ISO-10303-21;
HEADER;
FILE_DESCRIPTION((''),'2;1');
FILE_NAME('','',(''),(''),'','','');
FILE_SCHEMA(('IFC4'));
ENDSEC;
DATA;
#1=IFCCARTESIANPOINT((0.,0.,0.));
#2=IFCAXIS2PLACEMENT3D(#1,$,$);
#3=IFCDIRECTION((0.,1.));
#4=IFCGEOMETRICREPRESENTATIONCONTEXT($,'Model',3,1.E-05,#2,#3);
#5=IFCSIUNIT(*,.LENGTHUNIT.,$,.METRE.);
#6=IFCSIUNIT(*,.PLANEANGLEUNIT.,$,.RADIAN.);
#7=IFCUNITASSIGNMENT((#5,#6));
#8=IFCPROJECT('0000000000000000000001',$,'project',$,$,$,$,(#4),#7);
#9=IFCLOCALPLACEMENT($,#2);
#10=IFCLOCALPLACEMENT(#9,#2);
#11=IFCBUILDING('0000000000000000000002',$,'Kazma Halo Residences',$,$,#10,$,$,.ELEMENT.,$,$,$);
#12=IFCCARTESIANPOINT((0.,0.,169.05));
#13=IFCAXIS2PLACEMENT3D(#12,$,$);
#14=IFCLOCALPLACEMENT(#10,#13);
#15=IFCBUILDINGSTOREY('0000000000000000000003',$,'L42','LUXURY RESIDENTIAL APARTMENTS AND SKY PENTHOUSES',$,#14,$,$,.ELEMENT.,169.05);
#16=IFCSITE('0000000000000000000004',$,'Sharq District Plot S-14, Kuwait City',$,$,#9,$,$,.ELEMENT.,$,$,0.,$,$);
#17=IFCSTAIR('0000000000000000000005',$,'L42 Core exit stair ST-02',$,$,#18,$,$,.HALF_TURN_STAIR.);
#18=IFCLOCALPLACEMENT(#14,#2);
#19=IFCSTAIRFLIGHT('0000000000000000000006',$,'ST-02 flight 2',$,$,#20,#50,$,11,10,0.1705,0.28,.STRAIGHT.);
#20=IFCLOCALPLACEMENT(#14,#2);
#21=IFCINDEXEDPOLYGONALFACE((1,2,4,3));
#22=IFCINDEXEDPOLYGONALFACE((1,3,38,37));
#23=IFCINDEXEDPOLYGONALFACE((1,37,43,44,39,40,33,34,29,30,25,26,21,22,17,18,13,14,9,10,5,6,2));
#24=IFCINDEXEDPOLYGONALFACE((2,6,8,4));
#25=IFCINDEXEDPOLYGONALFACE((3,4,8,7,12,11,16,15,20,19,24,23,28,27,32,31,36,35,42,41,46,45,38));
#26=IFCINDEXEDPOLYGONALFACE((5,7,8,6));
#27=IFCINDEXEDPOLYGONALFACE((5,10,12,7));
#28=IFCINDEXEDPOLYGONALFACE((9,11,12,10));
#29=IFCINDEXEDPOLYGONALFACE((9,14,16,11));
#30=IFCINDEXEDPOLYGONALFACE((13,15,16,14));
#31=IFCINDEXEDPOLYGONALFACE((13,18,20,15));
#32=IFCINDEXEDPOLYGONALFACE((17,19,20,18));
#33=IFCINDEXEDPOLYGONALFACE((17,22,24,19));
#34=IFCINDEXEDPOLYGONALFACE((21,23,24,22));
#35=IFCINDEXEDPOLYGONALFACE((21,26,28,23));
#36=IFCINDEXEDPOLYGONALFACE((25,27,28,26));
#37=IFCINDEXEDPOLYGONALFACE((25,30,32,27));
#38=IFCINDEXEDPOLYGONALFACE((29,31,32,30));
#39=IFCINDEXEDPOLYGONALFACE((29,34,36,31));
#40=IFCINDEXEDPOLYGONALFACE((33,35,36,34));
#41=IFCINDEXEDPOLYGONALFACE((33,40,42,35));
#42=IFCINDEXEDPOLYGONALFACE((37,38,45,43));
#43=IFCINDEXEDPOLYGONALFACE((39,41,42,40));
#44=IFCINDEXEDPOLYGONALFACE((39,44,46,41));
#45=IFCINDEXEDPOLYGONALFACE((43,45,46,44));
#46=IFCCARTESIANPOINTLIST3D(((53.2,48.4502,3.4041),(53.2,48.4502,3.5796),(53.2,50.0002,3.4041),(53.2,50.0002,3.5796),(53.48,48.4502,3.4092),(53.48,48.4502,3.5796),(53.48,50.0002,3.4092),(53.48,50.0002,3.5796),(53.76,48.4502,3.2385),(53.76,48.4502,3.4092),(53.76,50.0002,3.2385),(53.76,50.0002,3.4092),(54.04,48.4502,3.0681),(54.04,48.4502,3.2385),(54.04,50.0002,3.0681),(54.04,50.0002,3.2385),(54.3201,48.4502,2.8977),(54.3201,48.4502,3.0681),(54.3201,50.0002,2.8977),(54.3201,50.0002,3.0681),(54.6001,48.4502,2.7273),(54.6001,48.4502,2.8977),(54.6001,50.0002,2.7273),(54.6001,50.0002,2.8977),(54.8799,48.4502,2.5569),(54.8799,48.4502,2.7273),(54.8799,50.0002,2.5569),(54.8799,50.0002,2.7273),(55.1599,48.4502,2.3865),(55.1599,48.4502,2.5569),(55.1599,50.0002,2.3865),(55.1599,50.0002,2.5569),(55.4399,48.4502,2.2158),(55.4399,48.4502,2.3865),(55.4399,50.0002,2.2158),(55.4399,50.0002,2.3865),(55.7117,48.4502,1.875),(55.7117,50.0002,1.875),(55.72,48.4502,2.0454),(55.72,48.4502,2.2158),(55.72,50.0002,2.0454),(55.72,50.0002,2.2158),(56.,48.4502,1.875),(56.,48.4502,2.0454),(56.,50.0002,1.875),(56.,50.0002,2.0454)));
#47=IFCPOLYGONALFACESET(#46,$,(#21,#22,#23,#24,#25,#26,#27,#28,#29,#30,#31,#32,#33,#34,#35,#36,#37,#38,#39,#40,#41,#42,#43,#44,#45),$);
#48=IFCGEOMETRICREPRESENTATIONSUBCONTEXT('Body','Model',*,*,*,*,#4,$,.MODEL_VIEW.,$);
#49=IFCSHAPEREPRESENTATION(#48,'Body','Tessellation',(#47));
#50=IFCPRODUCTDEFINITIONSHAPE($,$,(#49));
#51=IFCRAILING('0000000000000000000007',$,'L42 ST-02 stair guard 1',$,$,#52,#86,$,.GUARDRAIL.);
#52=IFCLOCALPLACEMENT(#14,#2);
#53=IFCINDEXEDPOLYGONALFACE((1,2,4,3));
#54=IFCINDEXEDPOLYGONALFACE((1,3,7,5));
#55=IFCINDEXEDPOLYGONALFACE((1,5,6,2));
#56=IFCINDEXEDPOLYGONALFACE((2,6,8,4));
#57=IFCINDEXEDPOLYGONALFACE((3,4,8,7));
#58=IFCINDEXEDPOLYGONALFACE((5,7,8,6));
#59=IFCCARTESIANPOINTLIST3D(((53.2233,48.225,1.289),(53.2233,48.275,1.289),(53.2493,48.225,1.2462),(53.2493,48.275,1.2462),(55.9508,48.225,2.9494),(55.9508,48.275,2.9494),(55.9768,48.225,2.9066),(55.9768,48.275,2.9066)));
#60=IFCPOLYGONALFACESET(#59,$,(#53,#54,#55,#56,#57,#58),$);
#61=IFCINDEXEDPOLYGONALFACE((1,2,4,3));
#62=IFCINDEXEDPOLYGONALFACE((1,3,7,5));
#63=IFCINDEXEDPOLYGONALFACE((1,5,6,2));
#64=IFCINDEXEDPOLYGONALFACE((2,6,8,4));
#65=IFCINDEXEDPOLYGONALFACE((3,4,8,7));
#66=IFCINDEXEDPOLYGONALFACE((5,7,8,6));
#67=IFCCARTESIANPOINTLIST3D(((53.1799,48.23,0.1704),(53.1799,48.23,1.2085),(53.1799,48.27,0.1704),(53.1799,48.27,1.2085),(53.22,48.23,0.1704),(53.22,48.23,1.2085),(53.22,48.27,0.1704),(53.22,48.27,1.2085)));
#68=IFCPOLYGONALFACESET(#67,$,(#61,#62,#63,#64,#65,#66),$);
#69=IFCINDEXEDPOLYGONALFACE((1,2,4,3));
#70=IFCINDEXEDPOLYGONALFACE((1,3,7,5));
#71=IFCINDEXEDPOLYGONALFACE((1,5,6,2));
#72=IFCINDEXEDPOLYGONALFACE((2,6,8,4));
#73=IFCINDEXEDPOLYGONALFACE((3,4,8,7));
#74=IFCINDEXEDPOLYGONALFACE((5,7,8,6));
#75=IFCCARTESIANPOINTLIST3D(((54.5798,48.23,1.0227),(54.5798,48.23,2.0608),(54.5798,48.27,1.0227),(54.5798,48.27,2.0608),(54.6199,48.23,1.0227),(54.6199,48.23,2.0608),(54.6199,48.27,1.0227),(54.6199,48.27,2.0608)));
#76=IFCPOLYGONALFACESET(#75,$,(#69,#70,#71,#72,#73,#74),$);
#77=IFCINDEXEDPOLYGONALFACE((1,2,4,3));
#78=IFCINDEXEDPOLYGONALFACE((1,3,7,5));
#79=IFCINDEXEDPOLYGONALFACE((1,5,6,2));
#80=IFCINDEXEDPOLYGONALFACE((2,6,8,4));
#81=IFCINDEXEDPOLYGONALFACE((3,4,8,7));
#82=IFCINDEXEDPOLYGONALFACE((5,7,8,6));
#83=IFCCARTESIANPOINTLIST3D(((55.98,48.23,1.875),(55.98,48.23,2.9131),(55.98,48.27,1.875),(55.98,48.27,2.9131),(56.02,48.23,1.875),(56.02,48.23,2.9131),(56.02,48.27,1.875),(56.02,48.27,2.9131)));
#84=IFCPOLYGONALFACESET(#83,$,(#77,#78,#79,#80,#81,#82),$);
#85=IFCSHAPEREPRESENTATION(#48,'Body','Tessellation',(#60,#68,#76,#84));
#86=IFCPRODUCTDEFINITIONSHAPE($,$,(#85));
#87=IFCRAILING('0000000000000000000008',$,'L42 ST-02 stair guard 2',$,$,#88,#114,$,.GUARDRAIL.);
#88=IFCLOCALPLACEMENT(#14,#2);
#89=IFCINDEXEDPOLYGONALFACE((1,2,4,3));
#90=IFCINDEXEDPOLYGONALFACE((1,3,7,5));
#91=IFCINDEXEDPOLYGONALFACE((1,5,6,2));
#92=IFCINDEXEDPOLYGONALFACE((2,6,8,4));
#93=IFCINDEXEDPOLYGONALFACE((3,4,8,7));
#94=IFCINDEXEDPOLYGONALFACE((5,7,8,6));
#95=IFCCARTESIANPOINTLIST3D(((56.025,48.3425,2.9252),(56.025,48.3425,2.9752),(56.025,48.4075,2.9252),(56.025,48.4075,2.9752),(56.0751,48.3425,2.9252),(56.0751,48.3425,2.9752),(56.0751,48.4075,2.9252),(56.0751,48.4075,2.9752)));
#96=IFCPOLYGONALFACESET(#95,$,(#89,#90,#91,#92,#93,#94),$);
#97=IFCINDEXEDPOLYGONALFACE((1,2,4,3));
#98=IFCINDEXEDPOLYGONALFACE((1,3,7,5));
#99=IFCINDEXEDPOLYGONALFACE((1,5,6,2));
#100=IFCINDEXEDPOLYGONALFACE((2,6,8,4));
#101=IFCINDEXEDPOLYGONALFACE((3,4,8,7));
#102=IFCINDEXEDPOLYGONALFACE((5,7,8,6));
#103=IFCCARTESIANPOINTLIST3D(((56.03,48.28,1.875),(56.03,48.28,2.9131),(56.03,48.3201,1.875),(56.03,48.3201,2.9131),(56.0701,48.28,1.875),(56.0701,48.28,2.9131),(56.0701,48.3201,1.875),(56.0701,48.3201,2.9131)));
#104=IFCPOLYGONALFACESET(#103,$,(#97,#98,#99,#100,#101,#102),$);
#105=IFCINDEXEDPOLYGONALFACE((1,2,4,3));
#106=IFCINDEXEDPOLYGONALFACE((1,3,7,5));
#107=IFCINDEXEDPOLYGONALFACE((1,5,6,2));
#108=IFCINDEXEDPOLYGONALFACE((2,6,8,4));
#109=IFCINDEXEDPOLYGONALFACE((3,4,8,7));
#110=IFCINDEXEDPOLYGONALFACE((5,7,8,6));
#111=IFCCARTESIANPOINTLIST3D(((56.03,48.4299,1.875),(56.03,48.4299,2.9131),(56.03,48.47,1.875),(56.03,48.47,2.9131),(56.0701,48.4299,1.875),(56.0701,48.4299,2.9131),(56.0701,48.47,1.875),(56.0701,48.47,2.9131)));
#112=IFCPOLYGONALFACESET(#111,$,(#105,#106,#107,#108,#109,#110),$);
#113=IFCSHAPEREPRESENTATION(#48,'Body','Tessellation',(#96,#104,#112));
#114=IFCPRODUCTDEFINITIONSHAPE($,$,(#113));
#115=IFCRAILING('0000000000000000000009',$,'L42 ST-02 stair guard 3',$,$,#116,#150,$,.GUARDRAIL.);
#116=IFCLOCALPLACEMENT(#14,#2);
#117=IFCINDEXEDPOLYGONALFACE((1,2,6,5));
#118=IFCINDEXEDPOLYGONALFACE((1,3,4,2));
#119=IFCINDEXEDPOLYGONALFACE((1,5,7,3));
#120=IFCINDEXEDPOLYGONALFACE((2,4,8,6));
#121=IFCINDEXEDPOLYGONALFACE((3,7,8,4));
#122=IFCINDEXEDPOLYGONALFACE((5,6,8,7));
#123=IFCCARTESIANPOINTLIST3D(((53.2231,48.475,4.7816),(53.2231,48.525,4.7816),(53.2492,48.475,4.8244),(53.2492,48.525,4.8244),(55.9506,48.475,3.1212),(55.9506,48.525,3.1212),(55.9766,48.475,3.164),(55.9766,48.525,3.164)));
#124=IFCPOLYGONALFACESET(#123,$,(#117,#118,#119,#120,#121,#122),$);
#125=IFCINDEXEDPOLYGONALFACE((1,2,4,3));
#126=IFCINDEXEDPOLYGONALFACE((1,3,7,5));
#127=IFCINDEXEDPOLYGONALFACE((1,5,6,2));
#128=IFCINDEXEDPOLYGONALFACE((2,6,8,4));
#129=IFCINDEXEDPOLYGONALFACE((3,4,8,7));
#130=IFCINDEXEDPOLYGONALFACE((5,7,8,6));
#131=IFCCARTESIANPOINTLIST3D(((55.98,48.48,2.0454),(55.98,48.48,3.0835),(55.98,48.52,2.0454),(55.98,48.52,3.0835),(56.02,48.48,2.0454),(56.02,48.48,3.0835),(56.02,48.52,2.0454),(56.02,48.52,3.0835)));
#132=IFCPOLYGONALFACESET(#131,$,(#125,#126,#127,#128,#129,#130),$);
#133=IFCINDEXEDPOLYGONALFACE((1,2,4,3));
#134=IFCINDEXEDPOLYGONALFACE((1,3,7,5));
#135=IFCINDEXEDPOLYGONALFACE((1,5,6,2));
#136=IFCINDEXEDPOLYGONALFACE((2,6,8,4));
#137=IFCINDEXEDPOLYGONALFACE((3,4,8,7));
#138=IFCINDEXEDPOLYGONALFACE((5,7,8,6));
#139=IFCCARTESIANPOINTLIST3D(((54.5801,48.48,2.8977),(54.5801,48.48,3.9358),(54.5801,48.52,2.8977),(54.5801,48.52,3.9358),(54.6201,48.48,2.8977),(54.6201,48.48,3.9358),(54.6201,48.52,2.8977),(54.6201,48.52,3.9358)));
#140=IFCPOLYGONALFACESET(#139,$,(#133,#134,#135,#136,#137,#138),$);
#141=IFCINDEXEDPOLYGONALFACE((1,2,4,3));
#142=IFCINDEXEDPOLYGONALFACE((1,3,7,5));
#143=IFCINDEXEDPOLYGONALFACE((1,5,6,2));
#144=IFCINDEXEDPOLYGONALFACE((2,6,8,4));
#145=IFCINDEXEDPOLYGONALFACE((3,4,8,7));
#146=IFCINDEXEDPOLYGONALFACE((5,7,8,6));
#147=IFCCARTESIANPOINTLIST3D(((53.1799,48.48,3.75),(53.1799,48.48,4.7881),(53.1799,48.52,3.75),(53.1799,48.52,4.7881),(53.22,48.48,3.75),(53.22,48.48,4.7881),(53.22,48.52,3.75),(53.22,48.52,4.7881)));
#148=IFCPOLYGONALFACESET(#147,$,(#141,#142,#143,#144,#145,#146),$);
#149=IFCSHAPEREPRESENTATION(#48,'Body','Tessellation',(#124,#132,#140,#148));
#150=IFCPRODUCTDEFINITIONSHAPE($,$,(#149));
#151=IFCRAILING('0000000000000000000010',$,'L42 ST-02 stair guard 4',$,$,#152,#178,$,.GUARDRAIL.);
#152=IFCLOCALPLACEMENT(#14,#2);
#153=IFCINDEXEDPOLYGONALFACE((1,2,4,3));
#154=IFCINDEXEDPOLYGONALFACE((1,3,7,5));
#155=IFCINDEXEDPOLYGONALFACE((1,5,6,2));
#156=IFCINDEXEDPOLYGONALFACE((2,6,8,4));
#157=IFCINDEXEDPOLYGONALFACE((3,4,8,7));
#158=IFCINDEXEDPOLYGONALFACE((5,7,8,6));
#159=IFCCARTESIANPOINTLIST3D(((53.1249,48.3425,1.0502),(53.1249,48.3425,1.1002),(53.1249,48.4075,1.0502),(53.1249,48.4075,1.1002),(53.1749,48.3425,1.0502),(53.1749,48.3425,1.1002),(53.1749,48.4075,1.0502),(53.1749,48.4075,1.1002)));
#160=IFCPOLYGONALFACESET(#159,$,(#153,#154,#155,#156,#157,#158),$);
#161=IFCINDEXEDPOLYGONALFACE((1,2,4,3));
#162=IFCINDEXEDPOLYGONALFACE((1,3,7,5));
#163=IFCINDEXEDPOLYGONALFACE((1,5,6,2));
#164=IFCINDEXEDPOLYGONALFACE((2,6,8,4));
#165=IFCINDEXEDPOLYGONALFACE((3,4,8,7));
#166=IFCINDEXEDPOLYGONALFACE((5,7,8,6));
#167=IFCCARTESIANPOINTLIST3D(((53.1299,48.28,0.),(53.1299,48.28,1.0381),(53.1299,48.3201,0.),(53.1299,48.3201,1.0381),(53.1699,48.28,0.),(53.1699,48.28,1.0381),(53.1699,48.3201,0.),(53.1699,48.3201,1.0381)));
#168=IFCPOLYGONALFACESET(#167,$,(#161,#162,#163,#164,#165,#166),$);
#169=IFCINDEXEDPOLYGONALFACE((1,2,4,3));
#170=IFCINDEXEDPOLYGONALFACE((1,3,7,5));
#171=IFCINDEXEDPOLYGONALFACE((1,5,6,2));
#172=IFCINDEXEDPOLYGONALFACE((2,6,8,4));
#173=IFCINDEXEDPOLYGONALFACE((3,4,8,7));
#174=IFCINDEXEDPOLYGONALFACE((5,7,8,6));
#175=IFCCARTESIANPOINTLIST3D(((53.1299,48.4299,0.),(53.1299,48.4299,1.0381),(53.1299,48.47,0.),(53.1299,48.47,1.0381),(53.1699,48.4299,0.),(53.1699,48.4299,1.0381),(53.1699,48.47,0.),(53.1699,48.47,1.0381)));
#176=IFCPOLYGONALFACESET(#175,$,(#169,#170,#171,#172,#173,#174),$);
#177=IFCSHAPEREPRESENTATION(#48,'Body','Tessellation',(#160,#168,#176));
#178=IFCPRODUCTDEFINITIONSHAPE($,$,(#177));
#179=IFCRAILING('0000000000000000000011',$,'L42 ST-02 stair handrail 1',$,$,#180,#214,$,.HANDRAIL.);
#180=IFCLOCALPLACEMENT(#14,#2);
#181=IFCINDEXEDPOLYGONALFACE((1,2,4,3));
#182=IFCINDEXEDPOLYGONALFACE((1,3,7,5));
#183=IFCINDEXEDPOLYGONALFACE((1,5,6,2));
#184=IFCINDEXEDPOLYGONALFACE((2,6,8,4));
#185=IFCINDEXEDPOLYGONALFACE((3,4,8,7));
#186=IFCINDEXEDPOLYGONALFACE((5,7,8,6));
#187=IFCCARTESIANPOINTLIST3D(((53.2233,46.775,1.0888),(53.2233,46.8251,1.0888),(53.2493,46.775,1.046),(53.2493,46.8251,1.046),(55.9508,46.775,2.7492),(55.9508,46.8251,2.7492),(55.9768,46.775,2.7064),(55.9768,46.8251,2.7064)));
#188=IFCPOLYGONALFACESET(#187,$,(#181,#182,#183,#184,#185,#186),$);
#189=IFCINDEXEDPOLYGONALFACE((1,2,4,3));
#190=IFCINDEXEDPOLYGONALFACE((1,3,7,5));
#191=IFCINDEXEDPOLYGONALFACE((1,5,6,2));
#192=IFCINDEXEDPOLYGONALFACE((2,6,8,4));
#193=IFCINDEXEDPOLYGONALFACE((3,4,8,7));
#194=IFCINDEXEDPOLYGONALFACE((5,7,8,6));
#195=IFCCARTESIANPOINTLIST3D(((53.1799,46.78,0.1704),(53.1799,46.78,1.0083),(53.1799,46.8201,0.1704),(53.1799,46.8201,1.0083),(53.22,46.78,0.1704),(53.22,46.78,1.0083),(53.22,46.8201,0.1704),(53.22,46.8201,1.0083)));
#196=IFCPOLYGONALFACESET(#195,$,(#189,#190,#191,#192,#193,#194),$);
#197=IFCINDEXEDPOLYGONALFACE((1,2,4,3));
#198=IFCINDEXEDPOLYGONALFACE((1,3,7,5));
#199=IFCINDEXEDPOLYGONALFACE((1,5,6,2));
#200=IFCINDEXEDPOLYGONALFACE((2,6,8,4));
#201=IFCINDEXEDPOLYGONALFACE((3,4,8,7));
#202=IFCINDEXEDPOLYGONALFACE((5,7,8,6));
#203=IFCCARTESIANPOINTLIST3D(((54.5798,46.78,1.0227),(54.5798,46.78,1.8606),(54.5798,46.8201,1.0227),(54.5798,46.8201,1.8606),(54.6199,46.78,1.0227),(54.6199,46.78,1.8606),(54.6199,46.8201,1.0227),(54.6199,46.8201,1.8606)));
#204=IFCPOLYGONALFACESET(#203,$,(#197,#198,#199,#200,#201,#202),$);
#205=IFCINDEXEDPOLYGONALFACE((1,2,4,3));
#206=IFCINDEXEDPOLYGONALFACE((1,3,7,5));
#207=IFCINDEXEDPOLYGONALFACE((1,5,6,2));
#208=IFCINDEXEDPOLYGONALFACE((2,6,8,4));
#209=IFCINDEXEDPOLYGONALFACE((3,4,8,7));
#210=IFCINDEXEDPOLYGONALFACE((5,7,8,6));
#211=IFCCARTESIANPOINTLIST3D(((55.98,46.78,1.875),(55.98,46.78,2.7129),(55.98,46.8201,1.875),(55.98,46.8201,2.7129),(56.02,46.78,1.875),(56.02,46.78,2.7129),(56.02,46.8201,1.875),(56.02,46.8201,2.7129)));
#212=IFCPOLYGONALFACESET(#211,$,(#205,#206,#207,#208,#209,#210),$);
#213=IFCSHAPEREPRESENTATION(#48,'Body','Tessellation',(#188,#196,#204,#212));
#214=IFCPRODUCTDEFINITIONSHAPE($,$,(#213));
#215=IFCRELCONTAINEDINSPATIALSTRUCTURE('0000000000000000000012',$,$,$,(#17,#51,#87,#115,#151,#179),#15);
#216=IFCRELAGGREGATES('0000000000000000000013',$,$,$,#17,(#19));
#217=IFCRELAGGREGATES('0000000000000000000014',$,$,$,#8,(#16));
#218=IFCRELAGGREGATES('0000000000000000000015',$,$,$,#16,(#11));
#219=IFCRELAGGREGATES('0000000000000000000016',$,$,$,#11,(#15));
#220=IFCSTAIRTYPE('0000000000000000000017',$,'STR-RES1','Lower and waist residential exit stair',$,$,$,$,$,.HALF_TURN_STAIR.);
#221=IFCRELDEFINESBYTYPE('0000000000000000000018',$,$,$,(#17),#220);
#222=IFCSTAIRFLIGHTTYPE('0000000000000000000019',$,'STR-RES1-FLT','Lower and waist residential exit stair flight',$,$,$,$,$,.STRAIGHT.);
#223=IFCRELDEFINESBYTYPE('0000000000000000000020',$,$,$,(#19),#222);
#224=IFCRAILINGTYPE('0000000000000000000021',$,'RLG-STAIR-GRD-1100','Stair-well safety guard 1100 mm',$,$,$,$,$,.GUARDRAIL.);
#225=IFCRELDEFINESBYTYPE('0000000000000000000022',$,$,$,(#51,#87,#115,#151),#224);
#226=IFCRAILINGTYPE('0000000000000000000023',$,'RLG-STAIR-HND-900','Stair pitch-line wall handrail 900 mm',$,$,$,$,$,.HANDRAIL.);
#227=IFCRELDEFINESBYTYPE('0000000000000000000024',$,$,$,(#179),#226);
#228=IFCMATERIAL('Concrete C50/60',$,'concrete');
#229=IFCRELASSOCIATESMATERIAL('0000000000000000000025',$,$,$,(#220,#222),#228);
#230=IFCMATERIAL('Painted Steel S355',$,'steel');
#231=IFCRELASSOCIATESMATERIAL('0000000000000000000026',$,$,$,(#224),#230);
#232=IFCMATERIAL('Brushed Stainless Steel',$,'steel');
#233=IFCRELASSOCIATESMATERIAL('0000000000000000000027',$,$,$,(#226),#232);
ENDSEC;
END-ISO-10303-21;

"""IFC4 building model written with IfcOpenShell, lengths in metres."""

from ifc_helpers import new_model, si_unit, direction, frame, origin, origin_2d, place, context, subcontext, project, spatial, polyline, rectangle, outline, extrude, material, type_object, element, aggregate, save


model = new_model("IFC4")

# Units and contexts
model_context = context("Model", 3, precision=1e-05, world=origin(), true_north=direction((0.0, 1.0)))
body_context = subcontext(model_context, "Body", "Model", "MODEL_VIEW")
ifc_project = project(units=[si_unit("LENGTHUNIT", "METRE"), si_unit("PLANEANGLEUNIT", "RADIAN")], contexts=[model_context])

# Site, building, storey
site_placement = place(None, origin())
site = spatial("IfcSite", under=ifc_project, at=site_placement, Name="Sharq District Plot S-14, Kuwait City", CompositionType="ELEMENT", RefElevation=0.0)
building_placement = place(site_placement, origin())
building = spatial("IfcBuilding", under=site, at=building_placement, Name="Kazma Halo Residences", CompositionType="ELEMENT")
storey_placement = place(building_placement, frame((0.0, 0.0, 169.05)))
storey = spatial("IfcBuildingStorey", under=building, at=storey_placement, Name="L42", Description="LUXURY RESIDENTIAL APARTMENTS AND SKY PENTHOUSES", CompositionType="ELEMENT", Elevation=169.05)

# Shared definitions
ifc_material_1 = material(Name="Concrete C50/60", Category="concrete")

# Stair, stair flight
stair_type = type_object("IfcStairType", Name="STR-RES1", Description="Lower and waist residential exit stair", PredefinedType="HALF_TURN_STAIR", material=ifc_material_1)
stair_placement = place(storey_placement, origin())
stair = element("IfcStair", 1, at=stair_placement, inside=storey, type_object=stair_type, Name="L42 Core exit stair ST-02", PredefinedType="HALF_TURN_STAIR")
stair_flight_type = type_object("IfcStairFlightType", Name="STR-RES1-FLT", Description="Lower and waist residential exit stair flight", PredefinedType="STRAIGHT", material=ifc_material_1)
stair_flight_1_placement = place(storey_placement, frame((56.0, 49.2251, 1.875), z_axis=(0.0, 0.0, 1.0), x_axis=(-1.0, 0.0, 0.0)))
stair_flight_1 = element("IfcStairFlight", 2, at=stair_flight_1_placement, type_object=stair_flight_type, Name="ST-02 flight 2", NumberOfRisers=11, NumberOfTreads=10, PredefinedType="STRAIGHT", RiserHeight=0.1705, TreadLength=0.28, context=body_context, shape_type="SweptSolid", body=[
    extrude(outline(polyline([(0.0, 0.0), (0.0, 0.1704), (0.28, 0.1704), (0.28, 0.3408), (0.5601, 0.3408), (0.5601, 0.5115), (0.8401, 0.5115), (0.8401, 0.6819), (1.1201, 0.6819), (1.1201, 0.8523), (1.3999, 0.8523), (1.3999, 1.0227), (1.6799, 1.0227), (1.6799, 1.1931), (1.96, 1.1931), (1.96, 1.3635), (2.24, 1.3635), (2.24, 1.5342), (2.52, 1.5342), (2.52, 1.7046), (2.8, 1.7046), (2.8, 1.875), (2.8, 1.5291), (0.2883, 0.0), (0.0, 0.0)])), frame((0.0, 0.7749, 0.0), z_axis=(0.0, -1.0, 0.0), x_axis=(1.0, 0.0, 0.0)), (0.0, 0.0, 1.0), 1.55),
])
aggregate(stair, [stair_flight_1])

# Railings
ifc_material_2 = material(Name="Painted Steel S355", Category="steel")
railing_type_1 = type_object("IfcRailingType", Name="RLG-STAIR-GRD-1100", Description="Stair-well safety guard 1100 mm", PredefinedType="GUARDRAIL", material=ifc_material_2)
railing_1_placement = place(storey_placement, frame((53.2, 48.25, 0.1704)))
element("IfcRailing", 3, at=railing_1_placement, inside=storey, type_object=railing_type_1, Name="L42 ST-02 stair guard 1", PredefinedType="GUARDRAIL", context=body_context, shape_type="SweptSolid", body=[
    extrude(rectangle(XDim=0.05, YDim=0.05, at=origin_2d()), frame((0.0364, 0.0, 1.0972), z_axis=(0.85417, 0.0, 0.519994), x_axis=(0.0, 1.0, 0.0)), (0.0, 0.0, 1.0), 3.1931),
    extrude(rectangle(XDim=0.04, YDim=0.04, at=origin_2d()), origin(), (0.0, 0.0, 1.0), 1.0381),
    extrude(rectangle(XDim=0.04, YDim=0.04, at=origin_2d()), frame((1.3999, 0.0, 0.8523)), (0.0, 0.0, 1.0), 1.0381),
    extrude(rectangle(XDim=0.04, YDim=0.04, at=origin_2d()), frame((2.8, 0.0, 1.7046)), (0.0, 0.0, 1.0), 1.0381),
])
railing_2_placement = place(storey_placement, frame((56.05, 48.3, 1.875)))
element("IfcRailing", 4, at=railing_2_placement, inside=storey, type_object=railing_type_1, Name="L42 ST-02 stair guard 2", PredefinedType="GUARDRAIL", context=body_context, shape_type="SweptSolid", body=[
    extrude(rectangle(XDim=0.05, YDim=0.05, at=origin_2d()), frame((0.0, 0.0425, 1.0752), z_axis=(0.0, 1.0, 0.0), x_axis=(-1.0, 0.0, 0.0)), (0.0, 0.0, 1.0), 0.0649),
    extrude(rectangle(XDim=0.04, YDim=0.04, at=origin_2d()), origin(), (0.0, 0.0, 1.0), 1.0381),
    extrude(rectangle(XDim=0.04, YDim=0.04, at=origin_2d()), frame((0.0, 0.1499, 0.0)), (0.0, 0.0, 1.0), 1.0381),
])
railing_3_placement = place(storey_placement, frame((56.0, 48.5, 2.0454)))
element("IfcRailing", 5, at=railing_3_placement, inside=storey, type_object=railing_type_1, Name="L42 ST-02 stair guard 3", PredefinedType="GUARDRAIL", context=body_context, shape_type="SweptSolid", body=[
    extrude(rectangle(XDim=0.05, YDim=0.05, at=origin_2d()), frame((-0.0364, 0.0, 1.0972), z_axis=(-0.85417, 0.0, 0.519994), x_axis=(0.0, -1.0, 0.0)), (0.0, 0.0, 1.0), 3.1931),
    extrude(rectangle(XDim=0.04, YDim=0.04, at=origin_2d()), origin(), (0.0, 0.0, 1.0), 1.0381),
    extrude(rectangle(XDim=0.04, YDim=0.04, at=origin_2d()), frame((-1.3999, 0.0, 0.8523)), (0.0, 0.0, 1.0), 1.0381),
    extrude(rectangle(XDim=0.04, YDim=0.04, at=origin_2d()), frame((-2.8, 0.0, 1.7046)), (0.0, 0.0, 1.0), 1.0381),
])
railing_4_placement = place(storey_placement, frame((53.1499, 48.3, 0.0)))
element("IfcRailing", 6, at=railing_4_placement, inside=storey, type_object=railing_type_1, Name="L42 ST-02 stair guard 4", PredefinedType="GUARDRAIL", context=body_context, shape_type="SweptSolid", body=[
    extrude(rectangle(XDim=0.05, YDim=0.05, at=origin_2d()), frame((0.0, 0.0425, 1.0752), z_axis=(0.0, 1.0, 0.0), x_axis=(-1.0, 0.0, 0.0)), (0.0, 0.0, 1.0), 0.0649),
    extrude(rectangle(XDim=0.04, YDim=0.04, at=origin_2d()), origin(), (0.0, 0.0, 1.0), 1.0381),
    extrude(rectangle(XDim=0.04, YDim=0.04, at=origin_2d()), frame((0.0, 0.1499, 0.0)), (0.0, 0.0, 1.0), 1.0381),
])
ifc_material_3 = material(Name="Brushed Stainless Steel", Category="steel")
railing_type_2 = type_object("IfcRailingType", Name="RLG-STAIR-HND-900", Description="Stair pitch-line wall handrail 900 mm", PredefinedType="HANDRAIL", material=ifc_material_3)
railing_5_placement = place(storey_placement, frame((53.2, 46.8, 0.1704)))
element("IfcRailing", 7, at=railing_5_placement, inside=storey, type_object=railing_type_2, Name="L42 ST-02 stair handrail 1", PredefinedType="HANDRAIL", context=body_context, shape_type="SweptSolid", body=[
    extrude(rectangle(XDim=0.05, YDim=0.05, at=origin_2d()), frame((0.0364, 0.0, 0.897), z_axis=(0.85417, 0.0, 0.519994), x_axis=(0.0, 1.0, 0.0)), (0.0, 0.0, 1.0), 3.1931),
    extrude(rectangle(XDim=0.04, YDim=0.04, at=origin_2d()), origin(), (0.0, 0.0, 1.0), 0.8379),
    extrude(rectangle(XDim=0.04, YDim=0.04, at=origin_2d()), frame((1.3999, 0.0, 0.8523)), (0.0, 0.0, 1.0), 0.8379),
    extrude(rectangle(XDim=0.04, YDim=0.04, at=origin_2d()), frame((2.8, 0.0, 1.7046)), (0.0, 0.0, 1.0), 0.8379),
])

save(model, "model.ifc")
